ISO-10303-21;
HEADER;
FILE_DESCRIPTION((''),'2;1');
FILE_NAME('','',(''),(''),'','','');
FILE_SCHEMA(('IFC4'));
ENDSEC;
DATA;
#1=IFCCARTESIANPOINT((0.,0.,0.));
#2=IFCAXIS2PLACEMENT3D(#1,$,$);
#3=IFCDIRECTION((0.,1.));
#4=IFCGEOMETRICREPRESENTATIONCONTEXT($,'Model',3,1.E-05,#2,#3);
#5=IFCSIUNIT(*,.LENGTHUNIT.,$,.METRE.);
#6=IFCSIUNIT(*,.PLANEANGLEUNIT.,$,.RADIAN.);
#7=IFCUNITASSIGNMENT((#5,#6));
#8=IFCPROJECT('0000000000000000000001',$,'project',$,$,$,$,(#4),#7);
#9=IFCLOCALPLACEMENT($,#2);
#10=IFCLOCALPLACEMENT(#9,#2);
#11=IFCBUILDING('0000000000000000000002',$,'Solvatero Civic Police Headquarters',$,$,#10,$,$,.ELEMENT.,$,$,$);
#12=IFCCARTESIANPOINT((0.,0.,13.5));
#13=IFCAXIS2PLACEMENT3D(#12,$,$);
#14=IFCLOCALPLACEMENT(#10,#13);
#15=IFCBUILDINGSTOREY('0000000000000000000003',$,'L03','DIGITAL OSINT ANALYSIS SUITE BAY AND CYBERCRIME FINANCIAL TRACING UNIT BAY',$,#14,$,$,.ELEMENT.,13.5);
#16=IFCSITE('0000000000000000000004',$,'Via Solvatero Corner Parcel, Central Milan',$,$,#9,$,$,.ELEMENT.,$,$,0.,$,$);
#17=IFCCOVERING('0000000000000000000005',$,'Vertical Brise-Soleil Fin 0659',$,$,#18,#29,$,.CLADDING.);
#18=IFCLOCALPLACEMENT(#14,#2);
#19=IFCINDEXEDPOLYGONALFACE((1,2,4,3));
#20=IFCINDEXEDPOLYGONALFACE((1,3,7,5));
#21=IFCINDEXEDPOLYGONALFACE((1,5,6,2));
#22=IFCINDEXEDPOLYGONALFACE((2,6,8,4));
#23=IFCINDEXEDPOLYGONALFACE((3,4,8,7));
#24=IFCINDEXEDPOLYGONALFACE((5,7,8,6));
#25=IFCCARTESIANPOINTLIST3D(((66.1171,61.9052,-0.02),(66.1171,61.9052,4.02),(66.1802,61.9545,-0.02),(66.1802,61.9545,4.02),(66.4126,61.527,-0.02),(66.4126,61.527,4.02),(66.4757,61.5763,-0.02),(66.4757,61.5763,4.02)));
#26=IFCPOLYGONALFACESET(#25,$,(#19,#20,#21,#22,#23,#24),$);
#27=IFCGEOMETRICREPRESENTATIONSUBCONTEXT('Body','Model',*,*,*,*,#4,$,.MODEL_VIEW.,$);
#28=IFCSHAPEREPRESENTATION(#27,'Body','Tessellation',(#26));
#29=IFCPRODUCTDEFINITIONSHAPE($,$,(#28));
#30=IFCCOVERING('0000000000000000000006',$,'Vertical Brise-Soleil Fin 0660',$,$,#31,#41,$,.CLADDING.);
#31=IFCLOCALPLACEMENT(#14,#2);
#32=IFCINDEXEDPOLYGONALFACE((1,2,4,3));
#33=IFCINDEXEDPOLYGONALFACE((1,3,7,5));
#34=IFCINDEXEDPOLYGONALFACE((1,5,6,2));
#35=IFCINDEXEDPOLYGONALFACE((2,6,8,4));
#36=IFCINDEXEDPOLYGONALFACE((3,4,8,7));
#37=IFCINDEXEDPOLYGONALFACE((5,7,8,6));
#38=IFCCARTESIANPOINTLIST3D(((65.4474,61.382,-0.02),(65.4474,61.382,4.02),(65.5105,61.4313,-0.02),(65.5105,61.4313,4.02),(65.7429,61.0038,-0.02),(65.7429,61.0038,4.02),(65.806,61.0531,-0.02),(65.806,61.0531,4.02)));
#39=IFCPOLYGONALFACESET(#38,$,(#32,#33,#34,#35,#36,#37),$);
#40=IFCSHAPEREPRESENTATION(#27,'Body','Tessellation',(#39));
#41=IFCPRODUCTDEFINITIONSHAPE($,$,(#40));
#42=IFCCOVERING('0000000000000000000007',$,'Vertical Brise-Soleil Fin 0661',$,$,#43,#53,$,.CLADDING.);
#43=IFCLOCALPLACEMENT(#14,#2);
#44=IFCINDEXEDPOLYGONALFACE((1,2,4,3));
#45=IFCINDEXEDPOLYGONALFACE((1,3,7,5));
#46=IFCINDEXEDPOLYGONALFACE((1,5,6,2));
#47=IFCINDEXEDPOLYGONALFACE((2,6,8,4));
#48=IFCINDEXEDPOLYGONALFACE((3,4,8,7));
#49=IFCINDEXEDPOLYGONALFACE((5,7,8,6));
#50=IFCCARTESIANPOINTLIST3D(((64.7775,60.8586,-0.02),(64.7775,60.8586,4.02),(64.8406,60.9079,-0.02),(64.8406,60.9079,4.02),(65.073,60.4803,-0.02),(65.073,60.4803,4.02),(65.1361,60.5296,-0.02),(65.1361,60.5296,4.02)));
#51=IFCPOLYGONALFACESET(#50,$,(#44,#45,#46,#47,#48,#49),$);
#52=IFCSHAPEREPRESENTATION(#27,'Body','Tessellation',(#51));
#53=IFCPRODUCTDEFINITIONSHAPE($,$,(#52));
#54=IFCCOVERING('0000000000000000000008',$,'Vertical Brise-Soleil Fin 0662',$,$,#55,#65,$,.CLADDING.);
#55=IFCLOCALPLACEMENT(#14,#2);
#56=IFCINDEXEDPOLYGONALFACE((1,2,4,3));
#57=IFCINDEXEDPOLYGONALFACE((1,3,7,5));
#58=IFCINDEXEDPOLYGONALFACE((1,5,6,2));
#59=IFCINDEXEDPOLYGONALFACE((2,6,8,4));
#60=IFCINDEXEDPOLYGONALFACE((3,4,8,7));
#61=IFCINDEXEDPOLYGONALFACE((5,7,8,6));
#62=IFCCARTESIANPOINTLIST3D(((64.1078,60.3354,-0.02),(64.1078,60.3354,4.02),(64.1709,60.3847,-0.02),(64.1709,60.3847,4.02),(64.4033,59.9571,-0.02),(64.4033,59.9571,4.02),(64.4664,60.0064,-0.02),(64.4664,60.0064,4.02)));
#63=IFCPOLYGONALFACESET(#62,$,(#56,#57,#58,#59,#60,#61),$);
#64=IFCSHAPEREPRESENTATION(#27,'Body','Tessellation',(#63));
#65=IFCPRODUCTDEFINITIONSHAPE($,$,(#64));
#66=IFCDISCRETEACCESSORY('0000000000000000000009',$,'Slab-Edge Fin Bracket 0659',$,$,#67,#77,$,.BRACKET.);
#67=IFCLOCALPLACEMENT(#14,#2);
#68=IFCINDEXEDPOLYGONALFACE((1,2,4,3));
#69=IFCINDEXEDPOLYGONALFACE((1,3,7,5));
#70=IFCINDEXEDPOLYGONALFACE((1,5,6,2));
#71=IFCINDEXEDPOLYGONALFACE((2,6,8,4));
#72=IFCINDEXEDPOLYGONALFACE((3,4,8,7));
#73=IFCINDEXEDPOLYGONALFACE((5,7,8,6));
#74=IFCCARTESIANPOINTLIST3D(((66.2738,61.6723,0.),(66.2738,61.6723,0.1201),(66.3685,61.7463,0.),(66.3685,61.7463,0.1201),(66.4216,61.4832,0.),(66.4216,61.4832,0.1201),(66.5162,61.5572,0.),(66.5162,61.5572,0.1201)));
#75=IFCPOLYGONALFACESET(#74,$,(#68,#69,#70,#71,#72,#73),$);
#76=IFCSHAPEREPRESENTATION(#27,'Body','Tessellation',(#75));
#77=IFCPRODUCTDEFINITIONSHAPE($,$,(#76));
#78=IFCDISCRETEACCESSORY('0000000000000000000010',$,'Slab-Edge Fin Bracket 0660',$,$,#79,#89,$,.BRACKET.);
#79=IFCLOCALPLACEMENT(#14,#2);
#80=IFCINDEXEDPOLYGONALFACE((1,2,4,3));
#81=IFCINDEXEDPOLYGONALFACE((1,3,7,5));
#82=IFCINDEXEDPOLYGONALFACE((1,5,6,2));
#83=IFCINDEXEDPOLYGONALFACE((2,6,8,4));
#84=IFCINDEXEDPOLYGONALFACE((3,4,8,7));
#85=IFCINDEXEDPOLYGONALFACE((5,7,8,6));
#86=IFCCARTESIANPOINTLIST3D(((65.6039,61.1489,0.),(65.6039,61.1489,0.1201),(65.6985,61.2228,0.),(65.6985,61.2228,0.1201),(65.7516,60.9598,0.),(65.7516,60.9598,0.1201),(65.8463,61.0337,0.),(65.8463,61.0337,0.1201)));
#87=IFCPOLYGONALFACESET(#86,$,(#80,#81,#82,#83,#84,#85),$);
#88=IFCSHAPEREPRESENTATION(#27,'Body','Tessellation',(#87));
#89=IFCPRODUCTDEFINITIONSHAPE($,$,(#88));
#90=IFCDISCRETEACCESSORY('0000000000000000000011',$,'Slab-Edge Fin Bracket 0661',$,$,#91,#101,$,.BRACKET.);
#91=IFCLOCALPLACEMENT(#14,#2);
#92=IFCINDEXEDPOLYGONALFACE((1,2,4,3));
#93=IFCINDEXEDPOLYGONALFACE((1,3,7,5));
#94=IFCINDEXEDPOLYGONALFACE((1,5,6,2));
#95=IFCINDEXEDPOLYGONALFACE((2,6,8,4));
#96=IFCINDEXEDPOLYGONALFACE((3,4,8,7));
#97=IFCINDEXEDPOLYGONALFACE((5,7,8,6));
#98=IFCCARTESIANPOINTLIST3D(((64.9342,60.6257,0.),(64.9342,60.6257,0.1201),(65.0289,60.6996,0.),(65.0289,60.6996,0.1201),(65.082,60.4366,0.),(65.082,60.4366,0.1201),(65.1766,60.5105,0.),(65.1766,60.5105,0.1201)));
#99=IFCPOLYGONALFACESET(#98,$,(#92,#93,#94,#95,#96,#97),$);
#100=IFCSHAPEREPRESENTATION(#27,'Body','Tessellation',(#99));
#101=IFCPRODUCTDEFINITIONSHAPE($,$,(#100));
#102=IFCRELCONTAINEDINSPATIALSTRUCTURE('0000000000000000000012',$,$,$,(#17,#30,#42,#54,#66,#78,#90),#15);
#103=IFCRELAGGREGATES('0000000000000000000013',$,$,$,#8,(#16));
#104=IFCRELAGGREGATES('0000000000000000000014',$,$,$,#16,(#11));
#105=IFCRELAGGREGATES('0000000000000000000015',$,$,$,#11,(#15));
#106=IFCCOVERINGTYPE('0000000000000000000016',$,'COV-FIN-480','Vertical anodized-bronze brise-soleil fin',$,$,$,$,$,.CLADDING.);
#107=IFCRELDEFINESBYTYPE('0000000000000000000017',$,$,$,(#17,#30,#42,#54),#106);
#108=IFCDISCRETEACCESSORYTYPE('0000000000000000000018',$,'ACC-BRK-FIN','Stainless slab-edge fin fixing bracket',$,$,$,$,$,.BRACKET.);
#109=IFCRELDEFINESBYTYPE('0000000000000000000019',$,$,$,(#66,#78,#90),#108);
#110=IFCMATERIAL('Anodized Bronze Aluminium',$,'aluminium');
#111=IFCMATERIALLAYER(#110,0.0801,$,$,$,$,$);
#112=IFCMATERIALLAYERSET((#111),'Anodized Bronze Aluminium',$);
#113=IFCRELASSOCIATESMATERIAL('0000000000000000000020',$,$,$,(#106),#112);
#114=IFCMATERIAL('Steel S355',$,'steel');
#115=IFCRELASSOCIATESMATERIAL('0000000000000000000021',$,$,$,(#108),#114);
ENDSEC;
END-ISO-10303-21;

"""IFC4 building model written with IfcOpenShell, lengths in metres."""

from ifc_helpers import new_model, si_unit, direction, frame, origin, origin_2d, place, context, subcontext, project, spatial, rectangle, extrude, material, layer, layer_set, type_object, element, save


model = new_model("IFC4")

# Units and contexts
model_context = context("Model", 3, precision=1e-05, world=origin(), true_north=direction((0.0, 1.0)))
body_context = subcontext(model_context, "Body", "Model", "MODEL_VIEW")
ifc_project = project(units=[si_unit("LENGTHUNIT", "METRE"), si_unit("PLANEANGLEUNIT", "RADIAN")], contexts=[model_context])

# Site, building, storey
site_placement = place(None, origin())
site = spatial("IfcSite", under=ifc_project, at=site_placement, Name="Via Solvatero Corner Parcel, Central Milan", CompositionType="ELEMENT", RefElevation=0.0)
building_placement = place(site_placement, origin())
building = spatial("IfcBuilding", under=site, at=building_placement, Name="Solvatero Civic Police Headquarters", CompositionType="ELEMENT")
storey_placement = place(building_placement, frame((0.0, 0.0, 13.5)))
storey = spatial("IfcBuildingStorey", under=building, at=storey_placement, Name="L03", Description="DIGITAL OSINT ANALYSIS SUITE BAY AND CYBERCRIME FINANCIAL TRACING UNIT BAY", CompositionType="ELEMENT", Elevation=13.5)

# Shared definitions
ifc_material_1 = material(Name="Steel S355", Category="steel")

# Shared definitions
ifc_material_2 = material(Name="Anodized Bronze Aluminium", Category="aluminium")

# Coverings
ifc_layer_1 = layer(ifc_material_2, 0.0801)
ifc_layer_set_1 = layer_set([ifc_layer_1], Name="Anodized Bronze Aluminium")
covering_type = type_object("IfcCoveringType", Name="COV-FIN-480", Description="Vertical anodized-bronze brise-soleil fin", PredefinedType="CLADDING", material=ifc_layer_set_1)
for number, where, z_axis, x_axis, name in (
    (1, (66.2964, 61.7407, -0.02), (0.0, 0.0, 1.0), (-0.788011, -0.615661, 0.0), "Vertical Brise-Soleil Fin 0659"),
    (2, (65.6267, 61.2175, -0.02), (0.0, 0.0, 1.0), (-0.788011, -0.615661, 0.0), "Vertical Brise-Soleil Fin 0660"),
    (3, (64.9568, 60.6941, -0.02), (0.0, 0.0, 1.0), (-0.788011, -0.615661, 0.0), "Vertical Brise-Soleil Fin 0661"),
    (4, (64.2871, 60.1709, -0.02), (0.0, 0.0, 1.0), (-0.788011, -0.615661, 0.0), "Vertical Brise-Soleil Fin 0662"),
):
    element("IfcCovering", number, at=place(storey_placement, frame(where, z_axis=z_axis, x_axis=x_axis)), inside=storey, type_object=covering_type, Name=name, PredefinedType="CLADDING", context=body_context, shape_type="SweptSolid", body=[
        extrude(rectangle(XDim=0.0801, YDim=0.48, at=origin_2d()), origin(), (0.0, 0.0, 1.0), 4.04),
    ])

# Discrete accessories
discrete_accessory_type = type_object("IfcDiscreteAccessoryType", Name="ACC-BRK-FIN", Description="Stainless slab-edge fin fixing bracket", PredefinedType="BRACKET", material=ifc_material_1)
for number, where, z_axis, x_axis, name in (
    (5, (66.395, 61.6147, 0.0), (0.0, 0.0, 1.0), (-0.788011, -0.615661, 0.0), "Slab-Edge Fin Bracket 0659"),
    (6, (65.7251, 61.0913, 0.0), (0.0, 0.0, 1.0), (-0.788011, -0.615661, 0.0), "Slab-Edge Fin Bracket 0660"),
    (7, (65.0554, 60.5681, 0.0), (0.0, 0.0, 1.0), (-0.788011, -0.615661, 0.0), "Slab-Edge Fin Bracket 0661"),
):
    element("IfcDiscreteAccessory", number, at=place(storey_placement, frame(where, z_axis=z_axis, x_axis=x_axis)), inside=storey, type_object=discrete_accessory_type, Name=name, PredefinedType="BRACKET", context=body_context, shape_type="SweptSolid", body=[
        extrude(rectangle(XDim=0.1201, YDim=0.24, at=origin_2d()), origin(), (0.0, 0.0, 1.0), 0.1201),
    ])

save(model, "model.ifc")
